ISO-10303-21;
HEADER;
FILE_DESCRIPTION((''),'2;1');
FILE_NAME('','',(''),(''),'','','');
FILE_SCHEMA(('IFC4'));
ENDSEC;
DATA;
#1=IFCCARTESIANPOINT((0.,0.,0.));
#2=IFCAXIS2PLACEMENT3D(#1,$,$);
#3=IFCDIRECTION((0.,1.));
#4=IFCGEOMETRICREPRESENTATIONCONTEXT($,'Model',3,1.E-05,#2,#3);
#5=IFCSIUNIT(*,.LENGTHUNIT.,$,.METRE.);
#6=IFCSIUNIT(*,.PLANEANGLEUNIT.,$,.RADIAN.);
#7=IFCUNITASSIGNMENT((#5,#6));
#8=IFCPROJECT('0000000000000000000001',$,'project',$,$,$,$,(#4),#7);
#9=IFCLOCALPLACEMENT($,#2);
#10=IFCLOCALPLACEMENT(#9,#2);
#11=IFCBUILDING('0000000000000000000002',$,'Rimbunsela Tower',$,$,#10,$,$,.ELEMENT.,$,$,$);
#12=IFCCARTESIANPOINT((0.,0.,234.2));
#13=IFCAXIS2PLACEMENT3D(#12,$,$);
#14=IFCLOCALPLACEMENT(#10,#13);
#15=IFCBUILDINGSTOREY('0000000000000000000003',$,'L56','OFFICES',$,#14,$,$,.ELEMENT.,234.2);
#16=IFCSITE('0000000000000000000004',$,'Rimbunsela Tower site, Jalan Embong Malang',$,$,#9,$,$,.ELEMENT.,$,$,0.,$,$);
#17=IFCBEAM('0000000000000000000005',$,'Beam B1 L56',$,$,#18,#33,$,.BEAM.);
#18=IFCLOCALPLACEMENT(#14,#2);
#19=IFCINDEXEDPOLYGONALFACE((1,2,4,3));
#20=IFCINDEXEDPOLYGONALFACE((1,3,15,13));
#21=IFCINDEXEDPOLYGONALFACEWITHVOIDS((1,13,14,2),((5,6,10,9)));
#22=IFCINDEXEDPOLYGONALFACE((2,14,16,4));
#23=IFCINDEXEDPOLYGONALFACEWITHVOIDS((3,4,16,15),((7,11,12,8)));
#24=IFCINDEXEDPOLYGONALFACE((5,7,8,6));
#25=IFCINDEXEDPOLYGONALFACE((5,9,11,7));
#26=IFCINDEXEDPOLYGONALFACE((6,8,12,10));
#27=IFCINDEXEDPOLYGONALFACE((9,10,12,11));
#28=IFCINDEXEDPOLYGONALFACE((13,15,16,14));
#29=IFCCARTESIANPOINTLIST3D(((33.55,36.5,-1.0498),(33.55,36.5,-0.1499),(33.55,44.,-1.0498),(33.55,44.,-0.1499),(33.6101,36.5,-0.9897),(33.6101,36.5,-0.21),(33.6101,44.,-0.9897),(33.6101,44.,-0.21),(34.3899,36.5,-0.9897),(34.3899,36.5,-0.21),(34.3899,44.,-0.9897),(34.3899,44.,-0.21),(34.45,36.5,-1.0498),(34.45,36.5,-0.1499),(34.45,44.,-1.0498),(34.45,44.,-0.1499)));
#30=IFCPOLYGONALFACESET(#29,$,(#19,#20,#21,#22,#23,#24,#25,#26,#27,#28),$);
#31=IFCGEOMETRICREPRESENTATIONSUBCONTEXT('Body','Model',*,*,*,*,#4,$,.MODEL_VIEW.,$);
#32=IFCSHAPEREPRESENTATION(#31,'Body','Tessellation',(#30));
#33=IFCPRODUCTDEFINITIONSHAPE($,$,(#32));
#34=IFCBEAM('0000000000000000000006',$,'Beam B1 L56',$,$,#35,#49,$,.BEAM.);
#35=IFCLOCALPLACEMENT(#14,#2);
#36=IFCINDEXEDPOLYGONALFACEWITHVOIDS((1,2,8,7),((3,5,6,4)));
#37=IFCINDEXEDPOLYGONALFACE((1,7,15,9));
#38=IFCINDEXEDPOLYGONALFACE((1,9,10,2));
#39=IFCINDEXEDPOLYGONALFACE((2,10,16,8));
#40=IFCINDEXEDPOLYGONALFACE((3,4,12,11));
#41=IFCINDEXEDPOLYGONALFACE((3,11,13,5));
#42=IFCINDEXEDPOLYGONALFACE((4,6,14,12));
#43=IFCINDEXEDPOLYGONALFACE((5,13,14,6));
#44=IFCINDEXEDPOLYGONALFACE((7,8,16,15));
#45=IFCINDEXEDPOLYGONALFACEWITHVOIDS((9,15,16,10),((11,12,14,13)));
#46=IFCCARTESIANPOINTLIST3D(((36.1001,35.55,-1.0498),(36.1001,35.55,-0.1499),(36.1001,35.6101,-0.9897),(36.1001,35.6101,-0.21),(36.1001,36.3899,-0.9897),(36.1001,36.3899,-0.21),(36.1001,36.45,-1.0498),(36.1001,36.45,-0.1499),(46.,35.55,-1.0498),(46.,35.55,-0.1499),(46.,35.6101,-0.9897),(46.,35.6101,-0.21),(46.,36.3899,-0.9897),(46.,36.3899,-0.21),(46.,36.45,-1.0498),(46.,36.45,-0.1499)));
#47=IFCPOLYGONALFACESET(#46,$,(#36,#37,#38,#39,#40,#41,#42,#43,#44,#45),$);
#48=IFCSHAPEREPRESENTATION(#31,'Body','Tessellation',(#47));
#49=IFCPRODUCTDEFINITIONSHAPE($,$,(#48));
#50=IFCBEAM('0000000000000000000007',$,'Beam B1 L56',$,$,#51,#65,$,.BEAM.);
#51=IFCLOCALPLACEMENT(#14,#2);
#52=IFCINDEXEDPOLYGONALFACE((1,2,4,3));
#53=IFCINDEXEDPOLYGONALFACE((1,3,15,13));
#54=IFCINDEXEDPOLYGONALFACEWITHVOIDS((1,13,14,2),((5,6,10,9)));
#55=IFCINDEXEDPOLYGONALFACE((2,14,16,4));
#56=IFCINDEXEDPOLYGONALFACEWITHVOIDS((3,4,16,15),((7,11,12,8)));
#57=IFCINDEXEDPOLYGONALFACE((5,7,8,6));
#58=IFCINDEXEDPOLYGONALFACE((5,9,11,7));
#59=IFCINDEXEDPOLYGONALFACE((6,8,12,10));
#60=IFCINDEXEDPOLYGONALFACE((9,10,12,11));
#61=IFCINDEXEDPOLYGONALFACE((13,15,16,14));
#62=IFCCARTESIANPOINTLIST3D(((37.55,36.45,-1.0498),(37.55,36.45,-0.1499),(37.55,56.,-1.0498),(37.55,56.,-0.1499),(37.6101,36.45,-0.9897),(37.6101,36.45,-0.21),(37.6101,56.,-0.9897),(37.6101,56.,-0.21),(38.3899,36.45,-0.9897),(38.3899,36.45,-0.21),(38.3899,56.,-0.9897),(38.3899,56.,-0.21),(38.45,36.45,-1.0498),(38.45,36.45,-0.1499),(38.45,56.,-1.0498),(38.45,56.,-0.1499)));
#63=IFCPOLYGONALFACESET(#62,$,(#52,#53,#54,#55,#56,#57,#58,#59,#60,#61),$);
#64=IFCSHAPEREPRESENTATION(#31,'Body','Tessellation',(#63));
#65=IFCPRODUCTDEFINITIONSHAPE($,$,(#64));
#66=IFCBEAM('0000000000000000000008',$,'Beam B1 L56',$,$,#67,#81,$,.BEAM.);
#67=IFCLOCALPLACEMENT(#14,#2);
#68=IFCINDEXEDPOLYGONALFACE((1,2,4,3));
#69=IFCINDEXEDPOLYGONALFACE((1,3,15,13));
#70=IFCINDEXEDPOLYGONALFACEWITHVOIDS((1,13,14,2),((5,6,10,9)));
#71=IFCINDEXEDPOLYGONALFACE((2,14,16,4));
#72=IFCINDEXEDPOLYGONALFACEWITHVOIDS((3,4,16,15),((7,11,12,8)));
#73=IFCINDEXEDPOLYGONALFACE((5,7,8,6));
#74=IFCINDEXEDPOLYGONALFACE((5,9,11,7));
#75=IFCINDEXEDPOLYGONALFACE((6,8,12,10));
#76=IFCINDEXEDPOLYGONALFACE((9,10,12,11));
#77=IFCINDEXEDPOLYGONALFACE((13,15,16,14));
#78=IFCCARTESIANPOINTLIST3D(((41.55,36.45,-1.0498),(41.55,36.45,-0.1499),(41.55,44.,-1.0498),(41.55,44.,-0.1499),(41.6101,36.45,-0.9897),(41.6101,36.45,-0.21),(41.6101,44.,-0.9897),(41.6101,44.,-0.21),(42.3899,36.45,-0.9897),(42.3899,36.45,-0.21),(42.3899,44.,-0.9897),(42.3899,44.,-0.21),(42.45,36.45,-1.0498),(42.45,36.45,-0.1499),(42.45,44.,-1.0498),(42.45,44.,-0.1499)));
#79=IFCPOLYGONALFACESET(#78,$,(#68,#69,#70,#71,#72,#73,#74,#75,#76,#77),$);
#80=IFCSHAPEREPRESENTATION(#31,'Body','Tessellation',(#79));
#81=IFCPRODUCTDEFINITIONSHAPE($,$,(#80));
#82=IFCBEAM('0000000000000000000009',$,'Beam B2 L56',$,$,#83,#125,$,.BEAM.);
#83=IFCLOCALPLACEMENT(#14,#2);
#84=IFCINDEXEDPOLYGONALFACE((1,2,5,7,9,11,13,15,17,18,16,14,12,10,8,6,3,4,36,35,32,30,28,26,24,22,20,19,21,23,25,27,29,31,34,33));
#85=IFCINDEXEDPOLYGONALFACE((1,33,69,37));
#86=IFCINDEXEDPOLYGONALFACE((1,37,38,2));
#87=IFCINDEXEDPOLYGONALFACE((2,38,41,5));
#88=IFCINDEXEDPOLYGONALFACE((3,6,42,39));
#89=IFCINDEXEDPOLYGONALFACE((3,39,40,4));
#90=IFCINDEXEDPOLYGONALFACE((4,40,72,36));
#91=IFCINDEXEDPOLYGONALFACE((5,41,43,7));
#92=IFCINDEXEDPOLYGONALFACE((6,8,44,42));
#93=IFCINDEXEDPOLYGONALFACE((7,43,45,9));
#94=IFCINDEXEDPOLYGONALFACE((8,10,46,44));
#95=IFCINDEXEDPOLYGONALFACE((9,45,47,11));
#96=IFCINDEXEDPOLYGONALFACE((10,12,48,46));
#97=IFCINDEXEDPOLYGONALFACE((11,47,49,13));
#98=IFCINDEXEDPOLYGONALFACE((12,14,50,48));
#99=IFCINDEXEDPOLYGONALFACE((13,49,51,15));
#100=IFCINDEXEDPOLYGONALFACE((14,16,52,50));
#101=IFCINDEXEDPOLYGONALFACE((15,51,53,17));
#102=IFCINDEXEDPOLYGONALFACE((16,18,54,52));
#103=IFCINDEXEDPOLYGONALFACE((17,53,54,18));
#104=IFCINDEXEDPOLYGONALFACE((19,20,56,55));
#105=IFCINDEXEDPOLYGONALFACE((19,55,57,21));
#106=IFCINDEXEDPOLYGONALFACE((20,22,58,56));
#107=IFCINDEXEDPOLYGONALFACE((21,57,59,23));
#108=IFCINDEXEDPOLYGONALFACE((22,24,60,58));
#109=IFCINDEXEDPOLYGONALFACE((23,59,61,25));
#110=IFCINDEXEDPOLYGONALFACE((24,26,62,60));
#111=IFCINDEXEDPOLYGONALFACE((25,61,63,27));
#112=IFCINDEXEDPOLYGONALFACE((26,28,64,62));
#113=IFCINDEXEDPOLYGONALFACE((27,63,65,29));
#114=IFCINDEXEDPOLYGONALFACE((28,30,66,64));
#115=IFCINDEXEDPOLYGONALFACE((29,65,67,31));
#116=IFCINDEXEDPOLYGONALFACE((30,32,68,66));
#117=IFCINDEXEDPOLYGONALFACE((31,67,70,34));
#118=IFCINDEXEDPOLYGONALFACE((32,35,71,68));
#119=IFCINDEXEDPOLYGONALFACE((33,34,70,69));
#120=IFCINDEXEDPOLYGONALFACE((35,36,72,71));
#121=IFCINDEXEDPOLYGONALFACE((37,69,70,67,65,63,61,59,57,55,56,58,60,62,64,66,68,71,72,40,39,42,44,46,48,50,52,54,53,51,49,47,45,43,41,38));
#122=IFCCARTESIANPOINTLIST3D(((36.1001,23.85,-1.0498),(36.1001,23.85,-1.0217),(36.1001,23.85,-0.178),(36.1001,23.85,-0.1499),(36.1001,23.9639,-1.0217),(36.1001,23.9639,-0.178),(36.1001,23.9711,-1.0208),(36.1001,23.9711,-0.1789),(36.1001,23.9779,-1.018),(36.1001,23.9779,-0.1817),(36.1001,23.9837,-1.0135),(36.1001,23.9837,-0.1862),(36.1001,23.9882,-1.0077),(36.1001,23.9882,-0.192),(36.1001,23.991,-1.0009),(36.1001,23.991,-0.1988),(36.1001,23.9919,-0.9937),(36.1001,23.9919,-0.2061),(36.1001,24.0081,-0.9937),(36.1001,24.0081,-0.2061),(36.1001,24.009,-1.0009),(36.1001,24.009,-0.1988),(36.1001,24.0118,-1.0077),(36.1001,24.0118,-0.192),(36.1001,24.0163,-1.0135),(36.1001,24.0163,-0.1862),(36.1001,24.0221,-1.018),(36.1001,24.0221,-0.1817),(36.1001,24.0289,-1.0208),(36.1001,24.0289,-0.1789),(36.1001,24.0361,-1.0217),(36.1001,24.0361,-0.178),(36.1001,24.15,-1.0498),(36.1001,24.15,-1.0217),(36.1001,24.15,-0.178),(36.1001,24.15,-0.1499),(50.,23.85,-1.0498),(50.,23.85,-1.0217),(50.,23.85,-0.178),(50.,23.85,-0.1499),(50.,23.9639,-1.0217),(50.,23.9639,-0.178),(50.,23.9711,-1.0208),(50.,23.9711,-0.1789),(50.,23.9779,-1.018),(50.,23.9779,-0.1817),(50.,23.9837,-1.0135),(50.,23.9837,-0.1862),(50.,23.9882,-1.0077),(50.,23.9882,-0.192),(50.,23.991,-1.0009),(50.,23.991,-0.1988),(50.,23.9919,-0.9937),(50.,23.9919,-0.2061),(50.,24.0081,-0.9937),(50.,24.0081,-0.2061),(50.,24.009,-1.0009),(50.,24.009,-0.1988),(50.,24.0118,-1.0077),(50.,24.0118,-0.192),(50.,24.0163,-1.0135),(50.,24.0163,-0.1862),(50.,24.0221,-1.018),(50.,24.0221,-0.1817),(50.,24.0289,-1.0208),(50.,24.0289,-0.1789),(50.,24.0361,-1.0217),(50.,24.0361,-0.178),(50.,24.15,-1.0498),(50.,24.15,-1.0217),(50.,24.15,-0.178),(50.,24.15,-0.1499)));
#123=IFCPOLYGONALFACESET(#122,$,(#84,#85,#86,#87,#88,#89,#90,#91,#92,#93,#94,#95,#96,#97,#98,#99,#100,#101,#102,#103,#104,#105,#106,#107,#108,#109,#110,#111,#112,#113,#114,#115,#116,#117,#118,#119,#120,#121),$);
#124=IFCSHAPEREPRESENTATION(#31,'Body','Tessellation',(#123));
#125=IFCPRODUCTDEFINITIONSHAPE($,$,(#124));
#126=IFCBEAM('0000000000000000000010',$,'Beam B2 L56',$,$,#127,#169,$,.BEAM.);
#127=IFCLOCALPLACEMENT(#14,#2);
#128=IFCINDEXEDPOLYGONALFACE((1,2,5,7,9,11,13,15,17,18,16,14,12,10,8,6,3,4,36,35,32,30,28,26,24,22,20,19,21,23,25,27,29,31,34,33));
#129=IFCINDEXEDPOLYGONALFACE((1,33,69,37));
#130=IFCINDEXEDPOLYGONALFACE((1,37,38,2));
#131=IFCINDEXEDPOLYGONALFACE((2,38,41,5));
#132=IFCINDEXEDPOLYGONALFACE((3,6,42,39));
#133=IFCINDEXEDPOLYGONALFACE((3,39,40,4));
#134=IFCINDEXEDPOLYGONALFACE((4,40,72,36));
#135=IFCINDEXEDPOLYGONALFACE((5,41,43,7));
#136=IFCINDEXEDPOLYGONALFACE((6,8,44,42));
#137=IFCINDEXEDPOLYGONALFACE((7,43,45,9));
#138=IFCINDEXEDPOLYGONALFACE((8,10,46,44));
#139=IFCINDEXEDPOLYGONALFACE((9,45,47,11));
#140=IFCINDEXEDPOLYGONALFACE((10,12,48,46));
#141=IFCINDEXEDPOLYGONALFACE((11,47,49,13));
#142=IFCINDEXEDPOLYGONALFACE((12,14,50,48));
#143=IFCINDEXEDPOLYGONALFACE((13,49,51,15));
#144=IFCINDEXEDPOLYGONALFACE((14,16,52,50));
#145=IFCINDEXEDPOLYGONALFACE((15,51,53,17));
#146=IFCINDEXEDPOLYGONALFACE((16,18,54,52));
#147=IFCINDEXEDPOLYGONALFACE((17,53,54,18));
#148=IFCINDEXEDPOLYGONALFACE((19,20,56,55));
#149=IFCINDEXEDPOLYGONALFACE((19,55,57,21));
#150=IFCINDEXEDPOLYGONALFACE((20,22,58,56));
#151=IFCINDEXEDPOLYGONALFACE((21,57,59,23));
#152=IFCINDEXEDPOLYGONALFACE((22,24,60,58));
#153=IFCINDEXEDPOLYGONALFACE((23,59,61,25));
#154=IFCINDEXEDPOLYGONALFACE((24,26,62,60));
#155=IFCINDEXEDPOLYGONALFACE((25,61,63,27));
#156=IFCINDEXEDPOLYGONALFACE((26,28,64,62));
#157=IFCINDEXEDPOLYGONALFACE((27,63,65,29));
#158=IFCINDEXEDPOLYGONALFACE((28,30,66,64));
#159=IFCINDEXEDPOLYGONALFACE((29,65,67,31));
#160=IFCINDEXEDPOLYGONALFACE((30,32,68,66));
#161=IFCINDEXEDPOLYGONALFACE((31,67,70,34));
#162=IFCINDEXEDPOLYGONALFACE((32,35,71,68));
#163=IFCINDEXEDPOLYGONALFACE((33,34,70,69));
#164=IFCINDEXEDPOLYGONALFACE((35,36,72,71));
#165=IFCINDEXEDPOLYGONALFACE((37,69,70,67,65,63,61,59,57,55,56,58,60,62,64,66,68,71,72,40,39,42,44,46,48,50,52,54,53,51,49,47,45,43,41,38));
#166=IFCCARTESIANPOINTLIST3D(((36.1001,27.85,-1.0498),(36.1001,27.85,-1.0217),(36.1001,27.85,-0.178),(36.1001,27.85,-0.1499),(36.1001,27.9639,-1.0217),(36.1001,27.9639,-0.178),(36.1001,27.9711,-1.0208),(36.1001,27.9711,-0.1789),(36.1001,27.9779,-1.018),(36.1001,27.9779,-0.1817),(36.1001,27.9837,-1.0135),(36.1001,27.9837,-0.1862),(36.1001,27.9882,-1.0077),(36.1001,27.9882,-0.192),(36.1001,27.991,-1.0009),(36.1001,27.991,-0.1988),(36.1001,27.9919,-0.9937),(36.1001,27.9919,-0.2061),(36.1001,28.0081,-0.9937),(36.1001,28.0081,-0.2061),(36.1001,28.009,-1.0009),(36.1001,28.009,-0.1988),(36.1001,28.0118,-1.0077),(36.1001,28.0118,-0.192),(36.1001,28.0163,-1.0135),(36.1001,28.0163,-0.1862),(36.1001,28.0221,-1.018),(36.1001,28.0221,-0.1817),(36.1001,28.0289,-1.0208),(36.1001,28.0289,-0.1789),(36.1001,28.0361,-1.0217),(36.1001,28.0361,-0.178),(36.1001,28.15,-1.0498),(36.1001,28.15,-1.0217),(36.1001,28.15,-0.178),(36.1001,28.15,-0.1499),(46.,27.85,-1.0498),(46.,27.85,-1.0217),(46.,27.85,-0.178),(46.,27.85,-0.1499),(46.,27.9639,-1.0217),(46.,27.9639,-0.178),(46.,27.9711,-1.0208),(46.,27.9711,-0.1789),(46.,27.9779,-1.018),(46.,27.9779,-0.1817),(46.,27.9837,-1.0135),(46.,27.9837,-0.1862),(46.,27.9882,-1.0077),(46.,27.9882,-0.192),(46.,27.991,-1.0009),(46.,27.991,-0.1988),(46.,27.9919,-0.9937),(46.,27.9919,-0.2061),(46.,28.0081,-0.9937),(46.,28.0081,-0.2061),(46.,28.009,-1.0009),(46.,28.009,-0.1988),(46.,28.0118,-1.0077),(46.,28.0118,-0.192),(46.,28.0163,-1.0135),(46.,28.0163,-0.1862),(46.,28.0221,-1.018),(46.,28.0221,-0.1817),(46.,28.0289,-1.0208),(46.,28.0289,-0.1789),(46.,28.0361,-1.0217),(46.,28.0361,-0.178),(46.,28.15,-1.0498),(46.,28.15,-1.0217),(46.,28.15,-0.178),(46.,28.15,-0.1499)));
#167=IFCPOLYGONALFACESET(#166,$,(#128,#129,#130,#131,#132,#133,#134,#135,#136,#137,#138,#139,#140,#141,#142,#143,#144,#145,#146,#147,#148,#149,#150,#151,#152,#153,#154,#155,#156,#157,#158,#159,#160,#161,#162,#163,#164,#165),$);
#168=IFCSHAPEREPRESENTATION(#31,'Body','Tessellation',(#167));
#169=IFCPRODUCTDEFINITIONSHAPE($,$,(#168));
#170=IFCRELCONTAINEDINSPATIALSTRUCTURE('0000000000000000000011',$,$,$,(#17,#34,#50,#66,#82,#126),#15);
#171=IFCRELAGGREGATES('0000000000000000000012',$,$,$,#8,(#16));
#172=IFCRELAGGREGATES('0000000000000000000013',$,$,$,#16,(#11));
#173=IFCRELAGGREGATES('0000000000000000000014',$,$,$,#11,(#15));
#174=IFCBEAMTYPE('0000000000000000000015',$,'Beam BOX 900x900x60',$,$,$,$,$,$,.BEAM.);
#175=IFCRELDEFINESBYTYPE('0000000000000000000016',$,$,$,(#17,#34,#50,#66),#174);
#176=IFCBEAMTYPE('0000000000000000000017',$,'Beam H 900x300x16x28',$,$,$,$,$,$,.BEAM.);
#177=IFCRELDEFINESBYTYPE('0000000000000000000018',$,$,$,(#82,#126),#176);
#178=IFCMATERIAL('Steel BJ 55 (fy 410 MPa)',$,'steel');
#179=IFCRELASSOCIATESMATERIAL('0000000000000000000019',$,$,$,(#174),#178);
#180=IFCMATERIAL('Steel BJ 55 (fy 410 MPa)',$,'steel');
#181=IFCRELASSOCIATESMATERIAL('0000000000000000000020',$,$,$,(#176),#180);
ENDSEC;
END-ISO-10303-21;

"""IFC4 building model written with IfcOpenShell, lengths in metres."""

from ifc_helpers import new_model, si_unit, direction, frame, origin, origin_2d, place, context, subcontext, project, spatial, hollow_rectangle, i_section, extrude, material, material_profile, profile_set, type_object, element, save


model = new_model("IFC4")

# Units and contexts
model_context = context("Model", 3, precision=1e-05, world=origin(), true_north=direction((0.0, 1.0)))
body_context = subcontext(model_context, "Body", "Model", "MODEL_VIEW")
ifc_project = project(units=[si_unit("LENGTHUNIT", "METRE"), si_unit("PLANEANGLEUNIT", "RADIAN")], contexts=[model_context])

# Site, building, storey
site_placement = place(None, origin())
site = spatial("IfcSite", under=ifc_project, at=site_placement, Name="Rimbunsela Tower site, Jalan Embong Malang", CompositionType="ELEMENT", RefElevation=0.0)
building_placement = place(site_placement, origin())
building = spatial("IfcBuilding", under=site, at=building_placement, Name="Rimbunsela Tower", CompositionType="ELEMENT")
storey_placement = place(building_placement, frame((0.0, 0.0, 234.2)))
storey = spatial("IfcBuildingStorey", under=building, at=storey_placement, Name="L56", Description="OFFICES", CompositionType="ELEMENT", Elevation=234.2)

# Beams
ifc_material_1 = material(Name="Steel BJ 55 (fy 410 MPa)", Category="steel")
ifc_material_profile_1 = material_profile(ifc_material_1, hollow_rectangle(XDim=0.8999, YDim=0.8999, WallThickness=0.0601, at=origin_2d()), Name="BOX 900x900x60")
ifc_profile_set_1 = profile_set([ifc_material_profile_1], Name="Steel BJ 55 (fy 410 MPa)")
beam_type_1 = type_object("IfcBeamType", Name="Beam BOX 900x900x60", PredefinedType="BEAM", material=ifc_profile_set_1)
beam_1_placement = place(storey_placement, frame((34.0, 36.5, -0.5999), z_axis=(0.0, 1.0, 0.0), x_axis=(-1.0, 0.0, 0.0)))
element("IfcBeam", 1, at=beam_1_placement, inside=storey, type_object=beam_type_1, Name="Beam B1 L56", PredefinedType="BEAM", context=body_context, shape_type="SweptSolid", body=[
    extrude(hollow_rectangle(XDim=0.8999, YDim=0.8999, WallThickness=0.0601, at=origin_2d()), origin(), (0.0, 0.0, 1.0), 7.5),
])
beam_2_placement = place(storey_placement, frame((36.1001, 36.0, -0.5999), z_axis=(1.0, 0.0, 0.0), x_axis=(0.0, 1.0, 0.0)))
element("IfcBeam", 2, at=beam_2_placement, inside=storey, type_object=beam_type_1, Name="Beam B1 L56", PredefinedType="BEAM", context=body_context, shape_type="SweptSolid", body=[
    extrude(hollow_rectangle(XDim=0.8999, YDim=0.8999, WallThickness=0.0601, at=origin_2d()), origin(), (0.0, 0.0, 1.0), 9.8999),
])
beam_3_placement = place(storey_placement, frame((38.0, 36.45, -0.5999), z_axis=(0.0, 1.0, 0.0), x_axis=(-1.0, 0.0, 0.0)))
element("IfcBeam", 3, at=beam_3_placement, inside=storey, type_object=beam_type_1, Name="Beam B1 L56", PredefinedType="BEAM", context=body_context, shape_type="SweptSolid", body=[
    extrude(hollow_rectangle(XDim=0.8999, YDim=0.8999, WallThickness=0.0601, at=origin_2d()), origin(), (0.0, 0.0, 1.0), 19.55),
])
beam_4_placement = place(storey_placement, frame((42.0, 36.45, -0.5999), z_axis=(0.0, 1.0, 0.0), x_axis=(-1.0, 0.0, 0.0)))
element("IfcBeam", 4, at=beam_4_placement, inside=storey, type_object=beam_type_1, Name="Beam B1 L56", PredefinedType="BEAM", context=body_context, shape_type="SweptSolid", body=[
    extrude(hollow_rectangle(XDim=0.8999, YDim=0.8999, WallThickness=0.0601, at=origin_2d()), origin(), (0.0, 0.0, 1.0), 7.55),
])
ifc_material_2 = material(Name="Steel BJ 55 (fy 410 MPa)", Category="steel")
ifc_material_profile_2 = material_profile(ifc_material_2, i_section(OverallWidth=0.3, OverallDepth=0.8999, WebThickness=0.0161, FlangeThickness=0.0281, FilletRadius=0.0281, at=origin_2d()), Name="H 900x300x16x28")
ifc_profile_set_2 = profile_set([ifc_material_profile_2], Name="Steel BJ 55 (fy 410 MPa)")
beam_type_2 = type_object("IfcBeamType", Name="Beam H 900x300x16x28", PredefinedType="BEAM", material=ifc_profile_set_2)
beam_5_placement = place(storey_placement, frame((36.1001, 24.0, -0.5999), z_axis=(1.0, 0.0, 0.0), x_axis=(0.0, 1.0, 0.0)))
element("IfcBeam", 5, at=beam_5_placement, inside=storey, type_object=beam_type_2, Name="Beam B2 L56", PredefinedType="BEAM", context=body_context, shape_type="SweptSolid", body=[
    extrude(i_section(OverallWidth=0.3, OverallDepth=0.8999, WebThickness=0.0161, FlangeThickness=0.0281, FilletRadius=0.0281, at=origin_2d()), origin(), (0.0, 0.0, 1.0), 13.8999),
])
beam_6_placement = place(storey_placement, frame((36.1001, 28.0, -0.5999), z_axis=(1.0, 0.0, 0.0), x_axis=(0.0, 1.0, 0.0)))
element("IfcBeam", 6, at=beam_6_placement, inside=storey, type_object=beam_type_2, Name="Beam B2 L56", PredefinedType="BEAM", context=body_context, shape_type="SweptSolid", body=[
    extrude(i_section(OverallWidth=0.3, OverallDepth=0.8999, WebThickness=0.0161, FlangeThickness=0.0281, FilletRadius=0.0281, at=origin_2d()), origin(), (0.0, 0.0, 1.0), 9.8999),
])

save(model, "model.ifc")
